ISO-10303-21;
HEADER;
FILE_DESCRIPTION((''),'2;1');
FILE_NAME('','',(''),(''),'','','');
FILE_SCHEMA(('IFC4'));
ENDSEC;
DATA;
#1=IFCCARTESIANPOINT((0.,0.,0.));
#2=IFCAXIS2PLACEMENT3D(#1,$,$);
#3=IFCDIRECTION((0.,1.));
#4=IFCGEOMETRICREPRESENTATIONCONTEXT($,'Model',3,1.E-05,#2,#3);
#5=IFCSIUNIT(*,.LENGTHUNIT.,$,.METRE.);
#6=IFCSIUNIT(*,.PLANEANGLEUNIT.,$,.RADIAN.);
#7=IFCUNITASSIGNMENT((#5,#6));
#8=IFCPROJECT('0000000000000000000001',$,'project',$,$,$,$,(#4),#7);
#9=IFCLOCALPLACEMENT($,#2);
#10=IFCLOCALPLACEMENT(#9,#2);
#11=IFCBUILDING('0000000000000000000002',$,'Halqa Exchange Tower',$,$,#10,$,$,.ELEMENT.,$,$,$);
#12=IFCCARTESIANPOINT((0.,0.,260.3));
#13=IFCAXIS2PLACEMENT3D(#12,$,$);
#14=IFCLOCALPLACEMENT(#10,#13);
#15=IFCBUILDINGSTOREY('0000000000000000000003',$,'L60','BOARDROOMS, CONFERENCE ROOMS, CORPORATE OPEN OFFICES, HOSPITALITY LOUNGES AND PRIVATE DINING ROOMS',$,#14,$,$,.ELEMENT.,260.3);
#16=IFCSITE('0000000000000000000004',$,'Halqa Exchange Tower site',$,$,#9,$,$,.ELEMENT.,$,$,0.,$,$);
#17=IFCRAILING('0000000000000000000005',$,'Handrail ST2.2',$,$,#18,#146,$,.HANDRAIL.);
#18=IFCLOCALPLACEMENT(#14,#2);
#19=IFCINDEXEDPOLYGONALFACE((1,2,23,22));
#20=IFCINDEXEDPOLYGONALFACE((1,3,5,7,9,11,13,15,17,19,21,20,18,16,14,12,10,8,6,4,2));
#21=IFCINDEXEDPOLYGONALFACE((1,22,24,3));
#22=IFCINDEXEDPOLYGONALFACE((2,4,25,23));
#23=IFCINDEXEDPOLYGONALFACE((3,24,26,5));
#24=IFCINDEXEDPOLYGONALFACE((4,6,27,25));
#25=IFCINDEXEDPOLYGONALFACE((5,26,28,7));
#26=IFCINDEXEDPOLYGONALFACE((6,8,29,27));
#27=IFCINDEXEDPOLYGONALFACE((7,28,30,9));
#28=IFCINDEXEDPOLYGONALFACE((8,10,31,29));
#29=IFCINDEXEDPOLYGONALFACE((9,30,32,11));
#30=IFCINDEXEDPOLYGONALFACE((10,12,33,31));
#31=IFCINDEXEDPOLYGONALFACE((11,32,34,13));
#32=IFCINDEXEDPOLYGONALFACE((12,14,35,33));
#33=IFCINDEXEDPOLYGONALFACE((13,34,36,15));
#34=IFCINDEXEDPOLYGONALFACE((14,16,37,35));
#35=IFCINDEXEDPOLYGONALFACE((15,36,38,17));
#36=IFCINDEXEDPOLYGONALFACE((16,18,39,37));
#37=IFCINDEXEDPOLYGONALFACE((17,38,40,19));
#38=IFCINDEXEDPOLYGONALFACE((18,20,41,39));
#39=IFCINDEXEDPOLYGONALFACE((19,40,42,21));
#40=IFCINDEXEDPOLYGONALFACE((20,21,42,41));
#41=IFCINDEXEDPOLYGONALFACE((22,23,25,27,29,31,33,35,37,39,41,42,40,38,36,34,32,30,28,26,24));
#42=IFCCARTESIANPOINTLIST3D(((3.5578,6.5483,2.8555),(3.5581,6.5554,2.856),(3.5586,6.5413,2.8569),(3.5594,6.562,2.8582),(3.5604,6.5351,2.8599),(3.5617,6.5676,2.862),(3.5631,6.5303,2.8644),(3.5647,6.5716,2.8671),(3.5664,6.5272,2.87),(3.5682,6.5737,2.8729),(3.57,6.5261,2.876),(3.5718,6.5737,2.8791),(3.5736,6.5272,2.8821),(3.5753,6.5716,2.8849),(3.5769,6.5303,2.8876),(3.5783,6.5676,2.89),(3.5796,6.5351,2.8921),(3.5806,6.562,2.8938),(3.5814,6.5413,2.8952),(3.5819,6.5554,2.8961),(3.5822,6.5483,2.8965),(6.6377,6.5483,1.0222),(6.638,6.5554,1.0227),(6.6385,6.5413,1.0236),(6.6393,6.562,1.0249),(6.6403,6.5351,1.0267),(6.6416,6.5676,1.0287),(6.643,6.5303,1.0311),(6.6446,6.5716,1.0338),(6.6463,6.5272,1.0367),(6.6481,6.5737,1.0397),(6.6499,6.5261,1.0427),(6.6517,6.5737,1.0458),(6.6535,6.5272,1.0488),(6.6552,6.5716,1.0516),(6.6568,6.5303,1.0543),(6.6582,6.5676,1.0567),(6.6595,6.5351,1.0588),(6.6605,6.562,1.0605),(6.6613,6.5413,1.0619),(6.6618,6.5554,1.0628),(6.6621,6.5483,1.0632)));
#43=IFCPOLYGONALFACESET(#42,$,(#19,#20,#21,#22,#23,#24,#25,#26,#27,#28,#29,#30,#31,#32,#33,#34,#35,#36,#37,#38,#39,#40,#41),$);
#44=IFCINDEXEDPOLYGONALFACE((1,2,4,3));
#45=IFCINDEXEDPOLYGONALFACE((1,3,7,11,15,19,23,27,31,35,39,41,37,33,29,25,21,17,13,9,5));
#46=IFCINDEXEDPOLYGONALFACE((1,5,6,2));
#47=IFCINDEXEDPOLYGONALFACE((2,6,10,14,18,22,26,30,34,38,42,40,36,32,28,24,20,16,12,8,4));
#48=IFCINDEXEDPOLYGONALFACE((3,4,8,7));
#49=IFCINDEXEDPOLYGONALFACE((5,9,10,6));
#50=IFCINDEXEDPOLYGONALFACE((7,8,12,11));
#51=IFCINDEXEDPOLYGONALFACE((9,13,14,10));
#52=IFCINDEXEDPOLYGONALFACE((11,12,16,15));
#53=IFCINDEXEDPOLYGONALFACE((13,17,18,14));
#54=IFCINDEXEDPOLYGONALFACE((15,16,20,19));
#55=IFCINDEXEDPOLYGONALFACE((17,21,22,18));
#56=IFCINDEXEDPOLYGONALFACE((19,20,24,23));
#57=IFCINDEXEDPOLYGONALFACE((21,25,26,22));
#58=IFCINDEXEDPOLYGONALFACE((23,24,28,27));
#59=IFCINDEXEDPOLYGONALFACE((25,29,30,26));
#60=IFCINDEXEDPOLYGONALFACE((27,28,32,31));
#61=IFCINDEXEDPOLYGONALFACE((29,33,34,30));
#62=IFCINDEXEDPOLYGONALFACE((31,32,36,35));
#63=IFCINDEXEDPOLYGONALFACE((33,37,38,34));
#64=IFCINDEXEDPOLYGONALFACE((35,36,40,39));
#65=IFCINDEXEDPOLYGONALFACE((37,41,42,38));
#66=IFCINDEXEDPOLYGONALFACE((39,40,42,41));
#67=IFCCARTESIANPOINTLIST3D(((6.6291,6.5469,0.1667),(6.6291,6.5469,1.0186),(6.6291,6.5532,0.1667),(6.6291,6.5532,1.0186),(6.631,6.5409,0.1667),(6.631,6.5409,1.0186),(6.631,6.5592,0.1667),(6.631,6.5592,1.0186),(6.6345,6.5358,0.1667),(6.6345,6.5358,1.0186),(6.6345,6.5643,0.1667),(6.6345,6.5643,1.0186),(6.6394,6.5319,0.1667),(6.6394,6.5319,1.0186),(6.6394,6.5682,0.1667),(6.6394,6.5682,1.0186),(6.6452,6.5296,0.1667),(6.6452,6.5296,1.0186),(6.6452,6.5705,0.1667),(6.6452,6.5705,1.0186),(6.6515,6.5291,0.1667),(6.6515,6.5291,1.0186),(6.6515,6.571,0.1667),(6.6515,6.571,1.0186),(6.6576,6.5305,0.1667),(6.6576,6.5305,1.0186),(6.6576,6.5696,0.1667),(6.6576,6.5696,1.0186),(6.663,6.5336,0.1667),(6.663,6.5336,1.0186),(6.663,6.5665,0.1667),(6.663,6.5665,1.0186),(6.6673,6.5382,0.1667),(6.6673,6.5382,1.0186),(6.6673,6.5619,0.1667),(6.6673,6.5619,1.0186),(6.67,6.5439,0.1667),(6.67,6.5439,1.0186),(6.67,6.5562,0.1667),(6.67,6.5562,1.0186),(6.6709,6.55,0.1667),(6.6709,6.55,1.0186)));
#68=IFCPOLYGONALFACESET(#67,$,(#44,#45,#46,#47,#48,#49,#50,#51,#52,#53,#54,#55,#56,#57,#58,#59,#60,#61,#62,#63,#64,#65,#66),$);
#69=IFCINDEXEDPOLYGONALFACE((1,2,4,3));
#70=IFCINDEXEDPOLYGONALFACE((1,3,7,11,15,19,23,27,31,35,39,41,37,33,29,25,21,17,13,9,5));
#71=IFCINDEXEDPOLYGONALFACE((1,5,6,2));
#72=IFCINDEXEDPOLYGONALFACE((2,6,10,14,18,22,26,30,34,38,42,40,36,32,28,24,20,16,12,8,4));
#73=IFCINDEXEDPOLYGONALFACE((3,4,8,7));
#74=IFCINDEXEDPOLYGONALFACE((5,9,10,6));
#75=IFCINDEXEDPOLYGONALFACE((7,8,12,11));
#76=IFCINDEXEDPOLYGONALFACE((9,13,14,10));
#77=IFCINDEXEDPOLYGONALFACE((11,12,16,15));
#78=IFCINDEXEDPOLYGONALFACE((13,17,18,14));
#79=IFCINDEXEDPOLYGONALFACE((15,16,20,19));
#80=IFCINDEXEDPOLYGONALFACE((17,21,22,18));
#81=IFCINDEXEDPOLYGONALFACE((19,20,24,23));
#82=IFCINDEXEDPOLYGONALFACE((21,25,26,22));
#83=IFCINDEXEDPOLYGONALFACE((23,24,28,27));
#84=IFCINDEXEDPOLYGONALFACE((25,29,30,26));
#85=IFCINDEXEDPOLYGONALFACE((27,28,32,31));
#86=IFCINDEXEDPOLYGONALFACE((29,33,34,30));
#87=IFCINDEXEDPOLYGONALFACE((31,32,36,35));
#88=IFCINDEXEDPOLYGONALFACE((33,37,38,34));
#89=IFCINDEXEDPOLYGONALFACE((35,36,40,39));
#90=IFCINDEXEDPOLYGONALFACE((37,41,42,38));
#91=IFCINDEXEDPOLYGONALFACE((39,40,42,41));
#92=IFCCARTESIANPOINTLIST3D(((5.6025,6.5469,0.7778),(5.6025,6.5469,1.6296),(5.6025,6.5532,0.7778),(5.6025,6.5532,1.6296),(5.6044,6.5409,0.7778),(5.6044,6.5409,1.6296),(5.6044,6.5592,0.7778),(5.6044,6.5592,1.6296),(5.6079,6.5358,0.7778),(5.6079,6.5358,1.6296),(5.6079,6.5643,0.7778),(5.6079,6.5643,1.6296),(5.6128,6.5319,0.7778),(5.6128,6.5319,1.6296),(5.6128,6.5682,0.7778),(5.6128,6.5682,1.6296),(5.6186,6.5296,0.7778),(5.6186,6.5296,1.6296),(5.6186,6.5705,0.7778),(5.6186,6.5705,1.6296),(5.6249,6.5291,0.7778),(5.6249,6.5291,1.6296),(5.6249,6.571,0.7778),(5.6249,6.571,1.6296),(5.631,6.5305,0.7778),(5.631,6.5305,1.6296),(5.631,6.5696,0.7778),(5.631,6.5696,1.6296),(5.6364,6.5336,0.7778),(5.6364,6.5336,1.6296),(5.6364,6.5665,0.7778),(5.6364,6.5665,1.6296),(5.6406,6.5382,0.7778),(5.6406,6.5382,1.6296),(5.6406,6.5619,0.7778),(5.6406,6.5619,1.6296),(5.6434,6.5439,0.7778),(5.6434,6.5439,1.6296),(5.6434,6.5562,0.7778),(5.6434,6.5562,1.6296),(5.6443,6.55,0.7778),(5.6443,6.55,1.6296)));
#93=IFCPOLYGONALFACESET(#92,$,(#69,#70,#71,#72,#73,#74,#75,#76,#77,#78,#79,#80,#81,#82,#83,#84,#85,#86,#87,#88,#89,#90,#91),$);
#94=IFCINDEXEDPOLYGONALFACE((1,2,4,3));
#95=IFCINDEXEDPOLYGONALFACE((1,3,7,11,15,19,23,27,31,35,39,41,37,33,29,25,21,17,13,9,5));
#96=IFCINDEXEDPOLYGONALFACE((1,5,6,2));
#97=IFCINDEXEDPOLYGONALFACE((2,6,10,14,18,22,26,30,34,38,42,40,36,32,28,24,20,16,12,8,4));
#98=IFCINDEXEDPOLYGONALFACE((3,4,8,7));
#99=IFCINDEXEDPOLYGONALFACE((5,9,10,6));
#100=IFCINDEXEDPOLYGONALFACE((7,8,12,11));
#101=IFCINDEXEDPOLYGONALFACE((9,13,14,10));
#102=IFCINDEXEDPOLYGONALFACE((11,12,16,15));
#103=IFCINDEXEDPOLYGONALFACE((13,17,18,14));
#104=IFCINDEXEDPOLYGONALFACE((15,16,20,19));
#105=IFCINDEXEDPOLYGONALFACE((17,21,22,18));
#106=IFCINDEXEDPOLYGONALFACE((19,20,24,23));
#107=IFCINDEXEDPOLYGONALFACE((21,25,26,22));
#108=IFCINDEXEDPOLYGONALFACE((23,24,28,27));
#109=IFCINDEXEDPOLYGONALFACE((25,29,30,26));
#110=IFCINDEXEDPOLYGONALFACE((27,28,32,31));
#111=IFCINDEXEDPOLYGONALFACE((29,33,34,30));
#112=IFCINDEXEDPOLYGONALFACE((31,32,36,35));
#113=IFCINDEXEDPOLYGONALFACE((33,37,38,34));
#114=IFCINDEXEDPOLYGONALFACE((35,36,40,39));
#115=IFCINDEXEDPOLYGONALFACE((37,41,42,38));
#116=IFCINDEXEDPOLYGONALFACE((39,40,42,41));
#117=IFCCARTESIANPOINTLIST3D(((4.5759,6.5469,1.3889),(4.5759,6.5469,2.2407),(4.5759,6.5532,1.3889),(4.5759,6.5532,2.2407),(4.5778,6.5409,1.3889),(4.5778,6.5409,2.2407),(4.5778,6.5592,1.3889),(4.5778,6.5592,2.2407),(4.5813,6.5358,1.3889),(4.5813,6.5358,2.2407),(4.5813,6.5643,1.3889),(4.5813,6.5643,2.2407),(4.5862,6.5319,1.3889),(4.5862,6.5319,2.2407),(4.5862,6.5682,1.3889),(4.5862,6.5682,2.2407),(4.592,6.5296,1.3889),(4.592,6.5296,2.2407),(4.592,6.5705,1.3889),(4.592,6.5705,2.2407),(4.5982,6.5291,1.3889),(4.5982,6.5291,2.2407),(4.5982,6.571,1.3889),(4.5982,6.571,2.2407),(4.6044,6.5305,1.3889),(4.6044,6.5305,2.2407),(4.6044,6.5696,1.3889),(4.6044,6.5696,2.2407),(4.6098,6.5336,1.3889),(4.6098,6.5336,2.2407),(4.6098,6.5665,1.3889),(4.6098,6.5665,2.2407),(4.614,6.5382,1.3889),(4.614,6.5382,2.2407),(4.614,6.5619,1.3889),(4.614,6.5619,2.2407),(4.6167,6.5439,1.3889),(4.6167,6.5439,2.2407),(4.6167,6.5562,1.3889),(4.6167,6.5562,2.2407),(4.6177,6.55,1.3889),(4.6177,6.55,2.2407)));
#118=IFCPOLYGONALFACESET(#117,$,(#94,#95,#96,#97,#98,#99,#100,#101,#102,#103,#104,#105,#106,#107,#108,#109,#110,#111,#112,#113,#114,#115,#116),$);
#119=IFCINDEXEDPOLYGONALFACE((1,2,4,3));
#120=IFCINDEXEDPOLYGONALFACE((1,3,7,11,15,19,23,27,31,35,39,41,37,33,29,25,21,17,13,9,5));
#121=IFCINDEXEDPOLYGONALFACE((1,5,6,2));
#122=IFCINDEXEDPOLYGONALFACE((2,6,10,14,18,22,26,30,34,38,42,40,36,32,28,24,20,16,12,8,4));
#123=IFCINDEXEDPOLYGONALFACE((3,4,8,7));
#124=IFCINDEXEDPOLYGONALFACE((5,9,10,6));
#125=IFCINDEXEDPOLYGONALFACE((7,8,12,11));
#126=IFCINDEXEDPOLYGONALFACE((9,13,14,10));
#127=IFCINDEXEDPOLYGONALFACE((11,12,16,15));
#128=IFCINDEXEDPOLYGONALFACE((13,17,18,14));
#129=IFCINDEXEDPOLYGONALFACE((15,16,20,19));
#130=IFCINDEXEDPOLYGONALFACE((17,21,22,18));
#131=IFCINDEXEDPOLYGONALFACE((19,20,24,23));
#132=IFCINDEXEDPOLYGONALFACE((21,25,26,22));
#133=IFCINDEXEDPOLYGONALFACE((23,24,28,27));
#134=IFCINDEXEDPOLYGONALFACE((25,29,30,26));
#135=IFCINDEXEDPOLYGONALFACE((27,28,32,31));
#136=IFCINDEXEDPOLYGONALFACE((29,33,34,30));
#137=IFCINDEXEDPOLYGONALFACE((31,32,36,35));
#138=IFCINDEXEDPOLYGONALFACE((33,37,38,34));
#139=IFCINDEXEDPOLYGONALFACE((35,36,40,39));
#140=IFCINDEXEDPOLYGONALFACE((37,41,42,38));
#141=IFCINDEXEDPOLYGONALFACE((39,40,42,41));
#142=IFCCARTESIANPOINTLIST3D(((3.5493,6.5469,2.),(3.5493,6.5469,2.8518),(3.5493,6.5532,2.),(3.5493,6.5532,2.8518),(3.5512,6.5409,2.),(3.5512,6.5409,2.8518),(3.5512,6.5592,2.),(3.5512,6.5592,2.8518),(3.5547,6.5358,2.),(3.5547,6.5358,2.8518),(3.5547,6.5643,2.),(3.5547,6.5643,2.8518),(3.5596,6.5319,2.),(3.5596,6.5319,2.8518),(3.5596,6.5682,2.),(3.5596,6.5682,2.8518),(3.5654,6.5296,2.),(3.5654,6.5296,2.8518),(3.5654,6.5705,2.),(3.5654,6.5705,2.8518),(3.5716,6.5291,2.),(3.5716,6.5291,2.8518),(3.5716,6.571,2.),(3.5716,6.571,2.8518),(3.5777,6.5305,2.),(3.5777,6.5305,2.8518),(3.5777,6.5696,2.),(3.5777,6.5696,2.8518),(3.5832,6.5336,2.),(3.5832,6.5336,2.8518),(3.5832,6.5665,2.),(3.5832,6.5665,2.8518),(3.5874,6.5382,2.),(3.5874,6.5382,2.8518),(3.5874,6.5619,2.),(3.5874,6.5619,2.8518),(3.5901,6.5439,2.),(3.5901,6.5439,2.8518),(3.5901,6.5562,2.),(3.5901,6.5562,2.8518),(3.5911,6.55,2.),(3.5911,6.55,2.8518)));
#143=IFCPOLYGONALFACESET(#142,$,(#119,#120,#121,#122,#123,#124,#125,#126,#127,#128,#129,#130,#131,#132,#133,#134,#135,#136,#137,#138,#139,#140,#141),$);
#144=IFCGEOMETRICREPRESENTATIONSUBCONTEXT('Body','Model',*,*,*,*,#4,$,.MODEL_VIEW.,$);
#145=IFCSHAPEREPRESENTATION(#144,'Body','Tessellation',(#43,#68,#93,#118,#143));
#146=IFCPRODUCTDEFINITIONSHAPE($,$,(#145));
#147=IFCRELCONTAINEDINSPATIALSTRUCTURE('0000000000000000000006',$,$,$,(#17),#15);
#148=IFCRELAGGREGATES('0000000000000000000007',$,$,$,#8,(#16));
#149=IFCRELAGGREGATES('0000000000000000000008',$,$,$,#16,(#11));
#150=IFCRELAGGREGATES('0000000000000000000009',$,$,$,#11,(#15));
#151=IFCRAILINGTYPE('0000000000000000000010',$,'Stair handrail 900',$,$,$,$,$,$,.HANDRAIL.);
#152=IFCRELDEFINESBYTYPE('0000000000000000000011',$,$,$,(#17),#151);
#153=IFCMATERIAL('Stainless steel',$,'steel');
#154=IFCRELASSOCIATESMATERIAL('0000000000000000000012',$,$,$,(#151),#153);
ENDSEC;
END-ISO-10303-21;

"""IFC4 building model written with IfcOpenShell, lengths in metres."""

from ifc_helpers import new_model, si_unit, direction, frame, origin, origin_2d, place, context, subcontext, project, spatial, circle, extrude, material, type_object, element, save


model = new_model("IFC4")

# Units and contexts
model_context = context("Model", 3, precision=1e-05, world=origin(), true_north=direction((0.0, 1.0)))
body_context = subcontext(model_context, "Body", "Model", "MODEL_VIEW")
ifc_project = project(units=[si_unit("LENGTHUNIT", "METRE"), si_unit("PLANEANGLEUNIT", "RADIAN")], contexts=[model_context])

# Site, building, storey
site_placement = place(None, origin())
site = spatial("IfcSite", under=ifc_project, at=site_placement, Name="Halqa Exchange Tower site", CompositionType="ELEMENT", RefElevation=0.0)
building_placement = place(site_placement, origin())
building = spatial("IfcBuilding", under=site, at=building_placement, Name="Halqa Exchange Tower", CompositionType="ELEMENT")
storey_placement = place(building_placement, frame((0.0, 0.0, 260.3)))
storey = spatial("IfcBuildingStorey", under=building, at=storey_placement, Name="L60", Description="BOARDROOMS, CONFERENCE ROOMS, CORPORATE OPEN OFFICES, HOSPITALITY LOUNGES AND PRIVATE DINING ROOMS", CompositionType="ELEMENT", Elevation=260.3)

# Railing
ifc_material_1 = material(Name="Stainless steel", Category="steel")
railing_type_1 = type_object("IfcRailingType", Name="Stair handrail 900", PredefinedType="HANDRAIL", material=ifc_material_1)
railing_1_placement = place(storey_placement, frame((6.6499, 6.55, 0.1667)))
element("IfcRailing", 1, at=railing_1_placement, inside=storey, type_object=railing_type_1, Name="Handrail ST2.2", PredefinedType="HANDRAIL", context=body_context, shape_type="SweptSolid", body=[
    extrude(circle(Radius=0.0239, at=origin_2d()), frame((0.0, 0.0, 0.876), z_axis=(-0.859291, 0.0, 0.511487), x_axis=(0.0, -1.0, 0.0)), (0.0, 0.0, 1.0), 3.5842),
    extrude(circle(Radius=0.021, at=origin_2d()), origin(), (0.0, 0.0, 1.0), 0.8518),
    extrude(circle(Radius=0.021, at=origin_2d()), frame((-1.0266, 0.0, 0.6111)), (0.0, 0.0, 1.0), 0.8518),
    extrude(circle(Radius=0.021, at=origin_2d()), frame((-2.0532, 0.0, 1.2222)), (0.0, 0.0, 1.0), 0.8518),
    extrude(circle(Radius=0.021, at=origin_2d()), frame((-3.0798, 0.0, 1.8333)), (0.0, 0.0, 1.0), 0.8518),
])

save(model, "model.ifc")
